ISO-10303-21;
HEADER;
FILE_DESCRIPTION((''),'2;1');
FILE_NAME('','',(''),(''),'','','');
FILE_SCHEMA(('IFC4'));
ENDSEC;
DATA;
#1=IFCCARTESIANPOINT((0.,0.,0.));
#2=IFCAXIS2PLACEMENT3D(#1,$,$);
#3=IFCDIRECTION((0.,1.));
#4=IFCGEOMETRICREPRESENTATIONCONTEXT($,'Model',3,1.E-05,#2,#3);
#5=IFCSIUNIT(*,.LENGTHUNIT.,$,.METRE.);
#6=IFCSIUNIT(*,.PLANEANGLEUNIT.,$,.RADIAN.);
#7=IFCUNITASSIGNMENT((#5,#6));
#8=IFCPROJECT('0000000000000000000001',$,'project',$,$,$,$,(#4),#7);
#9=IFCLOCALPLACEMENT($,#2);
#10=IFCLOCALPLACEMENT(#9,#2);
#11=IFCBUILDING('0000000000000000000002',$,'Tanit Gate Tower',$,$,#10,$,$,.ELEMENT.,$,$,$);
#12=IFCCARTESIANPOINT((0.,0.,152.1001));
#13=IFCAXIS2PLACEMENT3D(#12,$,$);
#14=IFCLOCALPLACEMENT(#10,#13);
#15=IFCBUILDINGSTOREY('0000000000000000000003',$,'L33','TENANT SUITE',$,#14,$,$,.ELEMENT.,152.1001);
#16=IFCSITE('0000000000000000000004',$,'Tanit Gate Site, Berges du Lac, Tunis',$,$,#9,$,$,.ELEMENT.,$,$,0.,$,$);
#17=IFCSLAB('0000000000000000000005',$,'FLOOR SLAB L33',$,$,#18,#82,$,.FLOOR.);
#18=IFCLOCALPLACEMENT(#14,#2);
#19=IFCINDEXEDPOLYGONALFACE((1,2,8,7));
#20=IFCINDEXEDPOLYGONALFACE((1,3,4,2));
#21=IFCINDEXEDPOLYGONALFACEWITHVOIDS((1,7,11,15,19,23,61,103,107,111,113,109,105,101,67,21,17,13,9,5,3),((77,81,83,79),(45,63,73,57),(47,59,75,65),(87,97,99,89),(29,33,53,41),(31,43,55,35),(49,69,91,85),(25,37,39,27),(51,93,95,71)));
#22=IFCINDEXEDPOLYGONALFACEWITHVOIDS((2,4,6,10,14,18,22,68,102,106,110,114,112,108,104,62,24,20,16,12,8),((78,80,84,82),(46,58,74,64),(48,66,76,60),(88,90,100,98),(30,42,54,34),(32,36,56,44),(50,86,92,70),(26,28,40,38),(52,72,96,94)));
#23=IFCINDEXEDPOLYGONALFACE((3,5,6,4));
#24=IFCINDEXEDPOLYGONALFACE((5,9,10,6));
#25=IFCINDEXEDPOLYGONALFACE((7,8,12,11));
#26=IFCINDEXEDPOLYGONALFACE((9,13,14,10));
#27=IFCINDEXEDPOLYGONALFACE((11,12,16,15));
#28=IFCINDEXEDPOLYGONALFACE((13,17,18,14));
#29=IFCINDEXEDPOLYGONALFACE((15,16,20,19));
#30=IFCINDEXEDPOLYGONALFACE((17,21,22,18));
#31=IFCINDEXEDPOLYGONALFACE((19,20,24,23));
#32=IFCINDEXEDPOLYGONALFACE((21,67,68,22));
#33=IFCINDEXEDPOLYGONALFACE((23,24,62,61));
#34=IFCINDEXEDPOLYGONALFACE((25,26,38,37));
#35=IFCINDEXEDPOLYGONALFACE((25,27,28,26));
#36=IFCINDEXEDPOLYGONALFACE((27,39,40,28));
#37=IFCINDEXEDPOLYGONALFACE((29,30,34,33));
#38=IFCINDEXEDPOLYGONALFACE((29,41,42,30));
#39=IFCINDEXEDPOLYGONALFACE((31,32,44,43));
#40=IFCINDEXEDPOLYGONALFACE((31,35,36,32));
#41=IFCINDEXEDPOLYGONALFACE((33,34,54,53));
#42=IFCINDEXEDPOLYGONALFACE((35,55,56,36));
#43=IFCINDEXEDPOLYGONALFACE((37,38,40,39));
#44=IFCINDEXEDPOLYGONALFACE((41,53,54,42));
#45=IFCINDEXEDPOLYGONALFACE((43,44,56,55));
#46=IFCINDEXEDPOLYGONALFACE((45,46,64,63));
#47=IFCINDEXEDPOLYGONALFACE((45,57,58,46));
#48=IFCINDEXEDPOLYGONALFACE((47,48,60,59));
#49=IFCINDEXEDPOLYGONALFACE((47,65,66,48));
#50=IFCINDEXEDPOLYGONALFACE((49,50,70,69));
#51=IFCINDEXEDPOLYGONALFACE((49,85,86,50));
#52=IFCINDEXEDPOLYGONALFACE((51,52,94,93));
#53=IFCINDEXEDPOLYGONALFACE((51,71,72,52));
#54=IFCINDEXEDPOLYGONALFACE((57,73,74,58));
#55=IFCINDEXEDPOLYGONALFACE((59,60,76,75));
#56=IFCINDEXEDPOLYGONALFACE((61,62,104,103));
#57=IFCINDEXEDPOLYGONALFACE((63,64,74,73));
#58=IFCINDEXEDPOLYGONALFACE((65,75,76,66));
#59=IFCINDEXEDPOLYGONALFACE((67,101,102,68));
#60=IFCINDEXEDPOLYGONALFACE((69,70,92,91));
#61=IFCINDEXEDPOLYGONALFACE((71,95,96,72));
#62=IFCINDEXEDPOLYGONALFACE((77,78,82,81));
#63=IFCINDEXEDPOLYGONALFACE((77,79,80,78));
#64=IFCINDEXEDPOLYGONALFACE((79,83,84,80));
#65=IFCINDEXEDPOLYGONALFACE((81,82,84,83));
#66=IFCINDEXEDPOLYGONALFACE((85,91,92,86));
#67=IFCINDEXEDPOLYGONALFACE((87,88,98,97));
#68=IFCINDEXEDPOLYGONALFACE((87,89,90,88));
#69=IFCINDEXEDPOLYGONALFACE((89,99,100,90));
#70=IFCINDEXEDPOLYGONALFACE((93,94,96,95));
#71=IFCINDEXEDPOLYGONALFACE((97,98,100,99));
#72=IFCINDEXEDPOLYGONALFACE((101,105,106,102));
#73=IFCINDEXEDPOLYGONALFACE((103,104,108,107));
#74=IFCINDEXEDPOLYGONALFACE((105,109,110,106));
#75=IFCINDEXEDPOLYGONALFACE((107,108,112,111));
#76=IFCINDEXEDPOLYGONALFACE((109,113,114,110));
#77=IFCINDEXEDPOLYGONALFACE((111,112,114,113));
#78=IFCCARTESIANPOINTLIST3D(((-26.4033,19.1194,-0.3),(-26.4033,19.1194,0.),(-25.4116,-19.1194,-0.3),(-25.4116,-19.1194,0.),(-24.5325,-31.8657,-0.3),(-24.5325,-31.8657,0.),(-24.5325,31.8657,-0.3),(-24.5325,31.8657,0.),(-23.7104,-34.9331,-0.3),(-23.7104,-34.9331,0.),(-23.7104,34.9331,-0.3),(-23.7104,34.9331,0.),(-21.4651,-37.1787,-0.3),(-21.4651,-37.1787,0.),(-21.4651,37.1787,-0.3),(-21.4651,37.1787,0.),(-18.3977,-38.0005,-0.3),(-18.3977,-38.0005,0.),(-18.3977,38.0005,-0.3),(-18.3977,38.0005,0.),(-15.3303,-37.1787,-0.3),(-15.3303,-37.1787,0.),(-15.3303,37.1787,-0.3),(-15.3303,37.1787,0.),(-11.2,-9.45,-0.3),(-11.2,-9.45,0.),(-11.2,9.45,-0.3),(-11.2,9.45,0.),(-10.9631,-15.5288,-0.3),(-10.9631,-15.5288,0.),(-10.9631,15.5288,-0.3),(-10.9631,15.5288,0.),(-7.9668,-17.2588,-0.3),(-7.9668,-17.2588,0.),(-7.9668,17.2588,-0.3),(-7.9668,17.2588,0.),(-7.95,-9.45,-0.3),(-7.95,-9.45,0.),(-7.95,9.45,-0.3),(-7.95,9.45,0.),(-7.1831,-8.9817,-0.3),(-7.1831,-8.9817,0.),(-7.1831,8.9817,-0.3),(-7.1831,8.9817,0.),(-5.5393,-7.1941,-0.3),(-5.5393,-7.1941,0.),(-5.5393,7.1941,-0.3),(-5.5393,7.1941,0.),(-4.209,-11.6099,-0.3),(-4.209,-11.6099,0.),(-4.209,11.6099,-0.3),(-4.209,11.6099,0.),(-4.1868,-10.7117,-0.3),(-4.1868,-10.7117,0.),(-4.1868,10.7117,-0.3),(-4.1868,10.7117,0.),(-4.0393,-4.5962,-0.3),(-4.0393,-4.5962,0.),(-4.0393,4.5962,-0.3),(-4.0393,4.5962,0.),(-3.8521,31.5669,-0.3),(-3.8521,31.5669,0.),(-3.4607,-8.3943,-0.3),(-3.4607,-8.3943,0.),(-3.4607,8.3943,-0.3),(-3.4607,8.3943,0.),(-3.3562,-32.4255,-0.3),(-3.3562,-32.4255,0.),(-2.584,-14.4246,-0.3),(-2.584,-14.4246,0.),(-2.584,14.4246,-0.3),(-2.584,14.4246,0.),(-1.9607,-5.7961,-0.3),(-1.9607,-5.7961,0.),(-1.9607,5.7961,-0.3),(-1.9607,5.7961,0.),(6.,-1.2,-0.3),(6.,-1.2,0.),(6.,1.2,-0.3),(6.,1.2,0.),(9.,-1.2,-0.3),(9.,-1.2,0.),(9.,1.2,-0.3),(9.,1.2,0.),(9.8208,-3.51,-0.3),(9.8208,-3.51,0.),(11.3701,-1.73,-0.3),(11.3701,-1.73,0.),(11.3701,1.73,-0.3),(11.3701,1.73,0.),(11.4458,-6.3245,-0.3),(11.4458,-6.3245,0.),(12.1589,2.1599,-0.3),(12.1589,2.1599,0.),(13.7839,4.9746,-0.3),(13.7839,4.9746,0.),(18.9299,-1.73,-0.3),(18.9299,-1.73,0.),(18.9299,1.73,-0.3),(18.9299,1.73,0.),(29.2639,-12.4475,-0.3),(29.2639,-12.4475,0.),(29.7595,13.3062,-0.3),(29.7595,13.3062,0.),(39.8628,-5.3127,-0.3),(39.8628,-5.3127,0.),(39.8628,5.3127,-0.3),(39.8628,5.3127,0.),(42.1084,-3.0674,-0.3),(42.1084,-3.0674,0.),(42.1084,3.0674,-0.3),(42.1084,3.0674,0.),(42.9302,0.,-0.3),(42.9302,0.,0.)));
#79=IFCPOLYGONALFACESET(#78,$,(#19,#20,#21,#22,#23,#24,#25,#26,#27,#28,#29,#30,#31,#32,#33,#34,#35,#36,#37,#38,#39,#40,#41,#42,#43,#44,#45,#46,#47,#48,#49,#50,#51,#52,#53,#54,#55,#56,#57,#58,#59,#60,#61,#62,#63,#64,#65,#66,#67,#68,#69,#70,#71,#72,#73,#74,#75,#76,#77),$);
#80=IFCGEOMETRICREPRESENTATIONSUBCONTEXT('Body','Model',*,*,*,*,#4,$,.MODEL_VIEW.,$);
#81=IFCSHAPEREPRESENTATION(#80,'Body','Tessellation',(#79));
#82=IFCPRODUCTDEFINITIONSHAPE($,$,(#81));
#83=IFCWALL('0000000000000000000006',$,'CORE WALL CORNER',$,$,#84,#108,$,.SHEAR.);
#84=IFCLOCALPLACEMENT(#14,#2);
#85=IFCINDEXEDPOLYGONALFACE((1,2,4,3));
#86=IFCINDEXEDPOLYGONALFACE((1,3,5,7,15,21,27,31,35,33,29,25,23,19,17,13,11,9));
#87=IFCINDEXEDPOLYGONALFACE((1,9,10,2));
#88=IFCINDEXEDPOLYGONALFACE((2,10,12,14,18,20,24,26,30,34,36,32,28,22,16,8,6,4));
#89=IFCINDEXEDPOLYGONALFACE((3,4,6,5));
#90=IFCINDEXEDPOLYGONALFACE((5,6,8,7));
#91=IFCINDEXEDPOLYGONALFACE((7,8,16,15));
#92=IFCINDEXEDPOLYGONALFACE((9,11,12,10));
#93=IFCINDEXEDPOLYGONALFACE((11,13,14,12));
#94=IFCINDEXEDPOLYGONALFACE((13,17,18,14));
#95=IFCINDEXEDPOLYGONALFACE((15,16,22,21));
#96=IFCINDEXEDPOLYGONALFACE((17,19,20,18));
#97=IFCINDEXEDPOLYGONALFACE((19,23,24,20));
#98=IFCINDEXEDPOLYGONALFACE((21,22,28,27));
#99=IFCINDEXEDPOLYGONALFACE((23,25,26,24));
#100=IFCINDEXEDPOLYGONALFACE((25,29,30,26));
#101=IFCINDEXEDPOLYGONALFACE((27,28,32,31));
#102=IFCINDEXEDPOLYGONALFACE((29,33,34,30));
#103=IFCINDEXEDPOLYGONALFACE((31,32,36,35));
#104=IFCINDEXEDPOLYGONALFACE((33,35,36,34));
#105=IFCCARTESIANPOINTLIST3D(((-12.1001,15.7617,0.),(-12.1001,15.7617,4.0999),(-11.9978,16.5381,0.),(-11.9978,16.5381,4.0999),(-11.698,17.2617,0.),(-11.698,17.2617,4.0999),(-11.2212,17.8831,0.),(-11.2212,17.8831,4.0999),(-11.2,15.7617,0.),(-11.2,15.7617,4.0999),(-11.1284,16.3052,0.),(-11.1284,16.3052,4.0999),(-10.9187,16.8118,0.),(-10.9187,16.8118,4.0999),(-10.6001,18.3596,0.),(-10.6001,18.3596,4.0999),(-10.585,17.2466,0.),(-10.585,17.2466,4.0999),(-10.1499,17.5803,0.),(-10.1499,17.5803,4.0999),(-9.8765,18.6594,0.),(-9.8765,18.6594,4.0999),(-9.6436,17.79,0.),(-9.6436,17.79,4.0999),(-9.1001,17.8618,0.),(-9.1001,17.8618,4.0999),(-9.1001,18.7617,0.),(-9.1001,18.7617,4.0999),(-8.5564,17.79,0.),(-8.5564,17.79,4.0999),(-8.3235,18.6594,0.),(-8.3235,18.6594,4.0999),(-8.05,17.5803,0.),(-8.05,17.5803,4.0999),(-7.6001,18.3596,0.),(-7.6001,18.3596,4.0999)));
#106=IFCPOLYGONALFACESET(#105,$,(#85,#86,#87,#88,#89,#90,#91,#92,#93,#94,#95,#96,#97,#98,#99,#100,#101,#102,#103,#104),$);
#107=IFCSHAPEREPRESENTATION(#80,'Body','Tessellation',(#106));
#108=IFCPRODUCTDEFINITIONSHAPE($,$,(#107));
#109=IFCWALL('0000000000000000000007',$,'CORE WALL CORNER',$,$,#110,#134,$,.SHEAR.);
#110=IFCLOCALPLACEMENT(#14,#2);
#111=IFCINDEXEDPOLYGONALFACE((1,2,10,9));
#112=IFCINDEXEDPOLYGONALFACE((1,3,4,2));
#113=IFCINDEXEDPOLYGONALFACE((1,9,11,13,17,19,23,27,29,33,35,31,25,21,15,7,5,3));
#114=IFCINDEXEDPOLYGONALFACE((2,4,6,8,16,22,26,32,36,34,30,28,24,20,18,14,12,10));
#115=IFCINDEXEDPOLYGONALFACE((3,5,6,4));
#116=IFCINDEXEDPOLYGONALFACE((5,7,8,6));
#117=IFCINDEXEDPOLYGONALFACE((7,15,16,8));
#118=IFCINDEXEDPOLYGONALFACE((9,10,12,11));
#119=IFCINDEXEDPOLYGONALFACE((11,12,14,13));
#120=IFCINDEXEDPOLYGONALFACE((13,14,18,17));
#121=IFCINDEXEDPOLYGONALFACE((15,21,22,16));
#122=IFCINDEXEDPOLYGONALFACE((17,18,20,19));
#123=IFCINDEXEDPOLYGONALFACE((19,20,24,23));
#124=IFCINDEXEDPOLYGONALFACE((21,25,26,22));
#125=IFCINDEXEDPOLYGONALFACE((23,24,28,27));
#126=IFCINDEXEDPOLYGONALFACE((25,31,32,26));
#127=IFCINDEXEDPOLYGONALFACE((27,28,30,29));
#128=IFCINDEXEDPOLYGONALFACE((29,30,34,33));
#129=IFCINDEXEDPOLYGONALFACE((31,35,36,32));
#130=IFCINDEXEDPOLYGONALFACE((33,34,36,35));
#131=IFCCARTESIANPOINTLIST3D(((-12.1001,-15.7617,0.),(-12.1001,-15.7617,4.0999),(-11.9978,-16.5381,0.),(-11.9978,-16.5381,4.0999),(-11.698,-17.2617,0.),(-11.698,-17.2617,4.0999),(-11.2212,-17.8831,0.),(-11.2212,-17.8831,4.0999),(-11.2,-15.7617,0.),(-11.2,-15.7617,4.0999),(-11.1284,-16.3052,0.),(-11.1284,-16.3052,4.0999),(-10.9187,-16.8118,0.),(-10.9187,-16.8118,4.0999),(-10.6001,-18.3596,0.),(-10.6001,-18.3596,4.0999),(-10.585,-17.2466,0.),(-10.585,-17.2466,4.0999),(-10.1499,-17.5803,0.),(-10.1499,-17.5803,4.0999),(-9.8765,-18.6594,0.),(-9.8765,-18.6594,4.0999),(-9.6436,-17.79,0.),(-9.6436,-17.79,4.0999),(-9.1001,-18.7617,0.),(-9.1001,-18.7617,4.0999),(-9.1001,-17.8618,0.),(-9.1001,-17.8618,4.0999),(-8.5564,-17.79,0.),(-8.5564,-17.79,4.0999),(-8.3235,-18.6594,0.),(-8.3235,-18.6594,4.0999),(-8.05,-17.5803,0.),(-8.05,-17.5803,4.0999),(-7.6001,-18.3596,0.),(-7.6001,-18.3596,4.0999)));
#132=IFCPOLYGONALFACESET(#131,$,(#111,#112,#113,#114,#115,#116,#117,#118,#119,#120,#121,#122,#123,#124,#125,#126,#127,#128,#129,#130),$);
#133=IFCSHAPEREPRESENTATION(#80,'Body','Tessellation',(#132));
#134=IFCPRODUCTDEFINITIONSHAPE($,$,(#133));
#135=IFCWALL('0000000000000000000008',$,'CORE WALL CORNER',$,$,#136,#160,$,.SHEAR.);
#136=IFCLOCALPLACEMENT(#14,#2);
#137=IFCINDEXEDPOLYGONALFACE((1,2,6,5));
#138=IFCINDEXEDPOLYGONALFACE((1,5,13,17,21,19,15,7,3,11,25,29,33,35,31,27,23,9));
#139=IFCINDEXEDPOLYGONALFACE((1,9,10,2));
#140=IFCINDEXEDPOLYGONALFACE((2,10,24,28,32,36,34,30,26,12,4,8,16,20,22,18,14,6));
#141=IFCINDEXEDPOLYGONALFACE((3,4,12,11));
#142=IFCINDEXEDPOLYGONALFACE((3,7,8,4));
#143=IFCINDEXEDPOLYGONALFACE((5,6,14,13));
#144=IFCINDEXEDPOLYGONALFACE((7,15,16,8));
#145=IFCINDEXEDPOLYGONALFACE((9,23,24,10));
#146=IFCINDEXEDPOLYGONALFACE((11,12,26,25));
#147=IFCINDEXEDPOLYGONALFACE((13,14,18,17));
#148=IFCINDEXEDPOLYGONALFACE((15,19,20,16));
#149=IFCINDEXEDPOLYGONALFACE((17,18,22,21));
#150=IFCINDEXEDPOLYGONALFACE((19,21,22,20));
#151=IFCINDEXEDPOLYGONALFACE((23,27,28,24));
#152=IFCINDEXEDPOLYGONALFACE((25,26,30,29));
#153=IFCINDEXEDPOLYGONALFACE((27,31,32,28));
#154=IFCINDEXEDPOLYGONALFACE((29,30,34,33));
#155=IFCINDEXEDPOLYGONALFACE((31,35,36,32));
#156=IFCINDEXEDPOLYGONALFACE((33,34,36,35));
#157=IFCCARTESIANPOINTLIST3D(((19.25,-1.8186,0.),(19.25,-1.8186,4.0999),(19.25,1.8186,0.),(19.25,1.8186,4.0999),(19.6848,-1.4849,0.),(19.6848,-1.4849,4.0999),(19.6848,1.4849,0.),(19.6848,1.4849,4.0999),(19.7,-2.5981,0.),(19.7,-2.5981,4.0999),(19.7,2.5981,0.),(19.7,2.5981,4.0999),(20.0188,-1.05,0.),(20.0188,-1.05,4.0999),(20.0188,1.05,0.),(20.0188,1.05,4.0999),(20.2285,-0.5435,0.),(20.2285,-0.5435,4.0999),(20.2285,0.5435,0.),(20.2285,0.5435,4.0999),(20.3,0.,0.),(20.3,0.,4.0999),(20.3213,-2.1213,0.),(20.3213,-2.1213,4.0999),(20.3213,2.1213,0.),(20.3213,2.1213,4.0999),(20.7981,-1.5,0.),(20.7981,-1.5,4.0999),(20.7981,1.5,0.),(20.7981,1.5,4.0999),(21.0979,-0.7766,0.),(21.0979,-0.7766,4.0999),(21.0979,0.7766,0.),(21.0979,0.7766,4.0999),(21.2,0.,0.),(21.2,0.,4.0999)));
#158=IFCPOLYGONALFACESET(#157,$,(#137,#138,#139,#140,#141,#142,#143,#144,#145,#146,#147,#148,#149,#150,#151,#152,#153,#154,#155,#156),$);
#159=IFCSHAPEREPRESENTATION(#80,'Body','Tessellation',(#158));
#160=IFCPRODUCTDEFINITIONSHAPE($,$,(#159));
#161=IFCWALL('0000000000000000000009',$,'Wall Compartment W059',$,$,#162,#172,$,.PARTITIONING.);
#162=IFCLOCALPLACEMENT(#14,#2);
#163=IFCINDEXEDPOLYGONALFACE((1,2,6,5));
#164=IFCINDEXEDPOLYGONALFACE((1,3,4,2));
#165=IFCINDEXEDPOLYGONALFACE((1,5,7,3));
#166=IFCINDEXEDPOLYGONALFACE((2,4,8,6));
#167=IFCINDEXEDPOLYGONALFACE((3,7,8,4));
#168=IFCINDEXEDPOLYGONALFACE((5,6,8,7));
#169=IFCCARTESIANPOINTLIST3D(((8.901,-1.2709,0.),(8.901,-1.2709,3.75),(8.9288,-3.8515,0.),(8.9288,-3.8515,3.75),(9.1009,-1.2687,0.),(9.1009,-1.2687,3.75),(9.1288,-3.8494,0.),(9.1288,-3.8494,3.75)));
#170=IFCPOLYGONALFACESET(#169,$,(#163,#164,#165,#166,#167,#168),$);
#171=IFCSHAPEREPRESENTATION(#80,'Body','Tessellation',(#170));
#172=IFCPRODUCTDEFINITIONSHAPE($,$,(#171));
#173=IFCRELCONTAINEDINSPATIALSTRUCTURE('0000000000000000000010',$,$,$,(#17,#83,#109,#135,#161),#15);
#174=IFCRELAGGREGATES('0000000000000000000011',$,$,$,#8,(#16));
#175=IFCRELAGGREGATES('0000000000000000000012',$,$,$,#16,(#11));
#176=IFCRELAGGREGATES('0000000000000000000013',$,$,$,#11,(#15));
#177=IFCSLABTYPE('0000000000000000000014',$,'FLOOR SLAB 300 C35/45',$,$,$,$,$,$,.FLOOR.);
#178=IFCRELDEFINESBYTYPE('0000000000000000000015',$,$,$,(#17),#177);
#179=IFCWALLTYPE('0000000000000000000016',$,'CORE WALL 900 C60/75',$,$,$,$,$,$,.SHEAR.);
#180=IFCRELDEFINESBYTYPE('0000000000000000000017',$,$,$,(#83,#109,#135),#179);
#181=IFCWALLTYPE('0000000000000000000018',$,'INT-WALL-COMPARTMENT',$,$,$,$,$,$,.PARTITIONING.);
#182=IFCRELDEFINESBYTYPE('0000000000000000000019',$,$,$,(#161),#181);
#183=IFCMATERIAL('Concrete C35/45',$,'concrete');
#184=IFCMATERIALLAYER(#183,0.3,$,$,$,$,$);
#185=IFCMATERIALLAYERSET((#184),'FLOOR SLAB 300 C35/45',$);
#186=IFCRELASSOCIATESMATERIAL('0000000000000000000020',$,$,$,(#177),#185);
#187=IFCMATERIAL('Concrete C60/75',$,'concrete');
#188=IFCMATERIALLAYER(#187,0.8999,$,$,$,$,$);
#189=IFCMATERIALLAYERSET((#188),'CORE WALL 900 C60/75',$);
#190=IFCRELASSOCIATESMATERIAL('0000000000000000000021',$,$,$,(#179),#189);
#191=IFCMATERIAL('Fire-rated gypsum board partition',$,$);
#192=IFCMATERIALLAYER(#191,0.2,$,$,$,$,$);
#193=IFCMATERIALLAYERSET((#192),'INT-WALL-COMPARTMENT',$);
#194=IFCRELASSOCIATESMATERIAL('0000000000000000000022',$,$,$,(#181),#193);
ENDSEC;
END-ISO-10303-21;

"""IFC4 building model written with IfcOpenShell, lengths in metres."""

from ifc_helpers import new_model, si_unit, direction, frame, frame_2d, origin, place, context, subcontext, project, spatial, polyline, rectangle, outline, extrude, material, layer, layer_set, type_object, element, save


model = new_model("IFC4")

# Units and contexts
model_context = context("Model", 3, precision=1e-05, world=origin(), true_north=direction((0.0, 1.0)))
body_context = subcontext(model_context, "Body", "Model", "MODEL_VIEW")
ifc_project = project(units=[si_unit("LENGTHUNIT", "METRE"), si_unit("PLANEANGLEUNIT", "RADIAN")], contexts=[model_context])

# Site, building, storey
site_placement = place(None, origin())
site = spatial("IfcSite", under=ifc_project, at=site_placement, Name="Tanit Gate Site, Berges du Lac, Tunis", CompositionType="ELEMENT", RefElevation=0.0)
building_placement = place(site_placement, origin())
building = spatial("IfcBuilding", under=site, at=building_placement, Name="Tanit Gate Tower", CompositionType="ELEMENT")
storey_placement = place(building_placement, frame((0.0, 0.0, 152.1001)))
storey = spatial("IfcBuildingStorey", under=building, at=storey_placement, Name="L33", Description="TENANT SUITE", CompositionType="ELEMENT", Elevation=152.1001)

# Slab
ifc_material_1 = material(Name="Concrete C35/45", Category="concrete")
ifc_layer_1 = layer(ifc_material_1, 0.3)
ifc_layer_set_1 = layer_set([ifc_layer_1], Name="FLOOR SLAB 300 C35/45")
slab_type = type_object("IfcSlabType", Name="FLOOR SLAB 300 C35/45", PredefinedType="FLOOR", material=ifc_layer_set_1)
slab_placement = place(storey_placement, frame((0.0, 0.0, -0.3)))
element("IfcSlab", 1, at=slab_placement, inside=storey, type_object=slab_type, Name="FLOOR SLAB L33", PredefinedType="FLOOR", context=body_context, shape_type="SweptSolid", body=[
    extrude(outline(polyline([(39.8628, 5.3127), (42.1084, 3.0674), (42.9302, 0.0), (42.1084, -3.0674), (39.8628, -5.3127), (29.2639, -12.4475), (-3.3562, -32.4255), (-15.3303, -37.1787), (-18.3977, -38.0005), (-21.4651, -37.1787), (-23.7104, -34.9331), (-24.5325, -31.8657), (-25.4116, -19.1194), (-26.4033, 19.1194), (-24.5325, 31.8657), (-23.7104, 34.9331), (-21.4651, 37.1787), (-18.3977, 38.0005), (-15.3303, 37.1787), (-3.8521, 31.5669), (29.7595, 13.3062), (39.8628, 5.3127)]), holes=[polyline([(11.3701, 1.73), (18.9299, 1.73), (18.9299, -1.73), (11.3701, -1.73), (11.3701, 1.73)]), polyline([(-4.209, 11.6099), (-2.584, 14.4246), (13.7839, 4.9746), (12.1589, 2.1599), (-4.209, 11.6099)]), polyline([(-4.209, -11.6099), (9.8208, -3.51), (11.4458, -6.3245), (-2.584, -14.4246), (-4.209, -11.6099)]), polyline([(9.0, 1.2), (9.0, -1.2), (6.0, -1.2), (6.0, 1.2), (9.0, 1.2)]), polyline([(-5.5393, 7.1941), (-3.4607, 8.3943), (-1.9607, 5.7961), (-4.0393, 4.5962), (-5.5393, 7.1941)]), polyline([(-1.9607, -5.7961), (-3.4607, -8.3943), (-5.5393, -7.1941), (-4.0393, -4.5962), (-1.9607, -5.7961)]), polyline([(-10.9631, 15.5288), (-7.9668, 17.2588), (-4.1868, 10.7117), (-7.1831, 8.9817), (-10.9631, 15.5288)]), polyline([(-4.1868, -10.7117), (-7.9668, -17.2588), (-10.9631, -15.5288), (-7.1831, -8.9817), (-4.1868, -10.7117)]), polyline([(-11.2, -9.45), (-11.2, 9.45), (-7.95, 9.45), (-7.95, -9.45), (-11.2, -9.45)])]), origin(), (0.0, 0.0, 1.0), 0.3),
])

# Walls
ifc_material_2 = material(Name="Concrete C60/75", Category="concrete")
ifc_layer_2 = layer(ifc_material_2, 0.8999)
ifc_layer_set_2 = layer_set([ifc_layer_2], Name="CORE WALL 900 C60/75")
wall_type_1 = type_object("IfcWallType", Name="CORE WALL 900 C60/75", PredefinedType="SHEAR", material=ifc_layer_set_2)
wall_1_placement = place(storey_placement, origin())
element("IfcWall", 2, at=wall_1_placement, inside=storey, type_object=wall_type_1, Name="CORE WALL CORNER", PredefinedType="SHEAR", context=body_context, shape_type="SweptSolid", body=[
    extrude(outline(polyline([(-7.6001, 18.3596), (-8.3235, 18.6594), (-9.1001, 18.7617), (-9.8765, 18.6594), (-10.6001, 18.3596), (-11.2212, 17.8831), (-11.698, 17.2617), (-11.9978, 16.5381), (-12.1001, 15.7617), (-11.2, 15.7617), (-11.1284, 16.3052), (-10.9187, 16.8118), (-10.585, 17.2466), (-10.1499, 17.5803), (-9.6436, 17.79), (-9.1001, 17.8618), (-8.5564, 17.79), (-8.05, 17.5803), (-7.6001, 18.3596)])), origin(), (0.0, 0.0, 1.0), 4.0999),
])
wall_2_placement = place(storey_placement, origin())
element("IfcWall", 3, at=wall_2_placement, inside=storey, type_object=wall_type_1, Name="CORE WALL CORNER", PredefinedType="SHEAR", context=body_context, shape_type="SweptSolid", body=[
    extrude(outline(polyline([(-12.1001, -15.7617), (-11.9978, -16.5381), (-11.698, -17.2617), (-11.2212, -17.8831), (-10.6001, -18.3596), (-9.8765, -18.6594), (-9.1001, -18.7617), (-8.3235, -18.6594), (-7.6001, -18.3596), (-8.05, -17.5803), (-8.5564, -17.79), (-9.1001, -17.8618), (-9.6436, -17.79), (-10.1499, -17.5803), (-10.585, -17.2466), (-10.9187, -16.8118), (-11.1284, -16.3052), (-11.2, -15.7617), (-12.1001, -15.7617)])), origin(), (0.0, 0.0, 1.0), 4.0999),
])
wall_3_placement = place(storey_placement, origin())
element("IfcWall", 4, at=wall_3_placement, inside=storey, type_object=wall_type_1, Name="CORE WALL CORNER", PredefinedType="SHEAR", context=body_context, shape_type="SweptSolid", body=[
    extrude(outline(polyline([(19.7, -2.5981), (20.3213, -2.1213), (20.7981, -1.5), (21.0979, -0.7766), (21.2, 0.0), (21.0979, 0.7766), (20.7981, 1.5), (20.3213, 2.1213), (19.7, 2.5981), (19.25, 1.8186), (19.6848, 1.4849), (20.0188, 1.05), (20.2285, 0.5435), (20.3, 0.0), (20.2285, -0.5435), (20.0188, -1.05), (19.6848, -1.4849), (19.25, -1.8186), (19.7, -2.5981)])), origin(), (0.0, 0.0, 1.0), 4.0999),
])
ifc_material_3 = material(Name="Fire-rated gypsum board partition")
ifc_layer_3 = layer(ifc_material_3, 0.2)
ifc_layer_set_3 = layer_set([ifc_layer_3], Name="INT-WALL-COMPARTMENT")
wall_type_2 = type_object("IfcWallType", Name="INT-WALL-COMPARTMENT", PredefinedType="PARTITIONING", material=ifc_layer_set_3)
wall_4_placement = place(storey_placement, frame((9.0288, -3.8506, 0.0), z_axis=(0.0, 0.0, 1.0), x_axis=(-0.010785, 0.999942, 0.0)))
element("IfcWall", 5, at=wall_4_placement, inside=storey, type_object=wall_type_2, Name="Wall Compartment W059", PredefinedType="PARTITIONING", context=body_context, shape_type="SweptSolid", body=[
    extrude(rectangle(XDim=2.5808, YDim=0.2, at=frame_2d((1.2905, 0.0))), origin(), (0.0, 0.0, 1.0), 3.75),
])

save(model, "model.ifc")
